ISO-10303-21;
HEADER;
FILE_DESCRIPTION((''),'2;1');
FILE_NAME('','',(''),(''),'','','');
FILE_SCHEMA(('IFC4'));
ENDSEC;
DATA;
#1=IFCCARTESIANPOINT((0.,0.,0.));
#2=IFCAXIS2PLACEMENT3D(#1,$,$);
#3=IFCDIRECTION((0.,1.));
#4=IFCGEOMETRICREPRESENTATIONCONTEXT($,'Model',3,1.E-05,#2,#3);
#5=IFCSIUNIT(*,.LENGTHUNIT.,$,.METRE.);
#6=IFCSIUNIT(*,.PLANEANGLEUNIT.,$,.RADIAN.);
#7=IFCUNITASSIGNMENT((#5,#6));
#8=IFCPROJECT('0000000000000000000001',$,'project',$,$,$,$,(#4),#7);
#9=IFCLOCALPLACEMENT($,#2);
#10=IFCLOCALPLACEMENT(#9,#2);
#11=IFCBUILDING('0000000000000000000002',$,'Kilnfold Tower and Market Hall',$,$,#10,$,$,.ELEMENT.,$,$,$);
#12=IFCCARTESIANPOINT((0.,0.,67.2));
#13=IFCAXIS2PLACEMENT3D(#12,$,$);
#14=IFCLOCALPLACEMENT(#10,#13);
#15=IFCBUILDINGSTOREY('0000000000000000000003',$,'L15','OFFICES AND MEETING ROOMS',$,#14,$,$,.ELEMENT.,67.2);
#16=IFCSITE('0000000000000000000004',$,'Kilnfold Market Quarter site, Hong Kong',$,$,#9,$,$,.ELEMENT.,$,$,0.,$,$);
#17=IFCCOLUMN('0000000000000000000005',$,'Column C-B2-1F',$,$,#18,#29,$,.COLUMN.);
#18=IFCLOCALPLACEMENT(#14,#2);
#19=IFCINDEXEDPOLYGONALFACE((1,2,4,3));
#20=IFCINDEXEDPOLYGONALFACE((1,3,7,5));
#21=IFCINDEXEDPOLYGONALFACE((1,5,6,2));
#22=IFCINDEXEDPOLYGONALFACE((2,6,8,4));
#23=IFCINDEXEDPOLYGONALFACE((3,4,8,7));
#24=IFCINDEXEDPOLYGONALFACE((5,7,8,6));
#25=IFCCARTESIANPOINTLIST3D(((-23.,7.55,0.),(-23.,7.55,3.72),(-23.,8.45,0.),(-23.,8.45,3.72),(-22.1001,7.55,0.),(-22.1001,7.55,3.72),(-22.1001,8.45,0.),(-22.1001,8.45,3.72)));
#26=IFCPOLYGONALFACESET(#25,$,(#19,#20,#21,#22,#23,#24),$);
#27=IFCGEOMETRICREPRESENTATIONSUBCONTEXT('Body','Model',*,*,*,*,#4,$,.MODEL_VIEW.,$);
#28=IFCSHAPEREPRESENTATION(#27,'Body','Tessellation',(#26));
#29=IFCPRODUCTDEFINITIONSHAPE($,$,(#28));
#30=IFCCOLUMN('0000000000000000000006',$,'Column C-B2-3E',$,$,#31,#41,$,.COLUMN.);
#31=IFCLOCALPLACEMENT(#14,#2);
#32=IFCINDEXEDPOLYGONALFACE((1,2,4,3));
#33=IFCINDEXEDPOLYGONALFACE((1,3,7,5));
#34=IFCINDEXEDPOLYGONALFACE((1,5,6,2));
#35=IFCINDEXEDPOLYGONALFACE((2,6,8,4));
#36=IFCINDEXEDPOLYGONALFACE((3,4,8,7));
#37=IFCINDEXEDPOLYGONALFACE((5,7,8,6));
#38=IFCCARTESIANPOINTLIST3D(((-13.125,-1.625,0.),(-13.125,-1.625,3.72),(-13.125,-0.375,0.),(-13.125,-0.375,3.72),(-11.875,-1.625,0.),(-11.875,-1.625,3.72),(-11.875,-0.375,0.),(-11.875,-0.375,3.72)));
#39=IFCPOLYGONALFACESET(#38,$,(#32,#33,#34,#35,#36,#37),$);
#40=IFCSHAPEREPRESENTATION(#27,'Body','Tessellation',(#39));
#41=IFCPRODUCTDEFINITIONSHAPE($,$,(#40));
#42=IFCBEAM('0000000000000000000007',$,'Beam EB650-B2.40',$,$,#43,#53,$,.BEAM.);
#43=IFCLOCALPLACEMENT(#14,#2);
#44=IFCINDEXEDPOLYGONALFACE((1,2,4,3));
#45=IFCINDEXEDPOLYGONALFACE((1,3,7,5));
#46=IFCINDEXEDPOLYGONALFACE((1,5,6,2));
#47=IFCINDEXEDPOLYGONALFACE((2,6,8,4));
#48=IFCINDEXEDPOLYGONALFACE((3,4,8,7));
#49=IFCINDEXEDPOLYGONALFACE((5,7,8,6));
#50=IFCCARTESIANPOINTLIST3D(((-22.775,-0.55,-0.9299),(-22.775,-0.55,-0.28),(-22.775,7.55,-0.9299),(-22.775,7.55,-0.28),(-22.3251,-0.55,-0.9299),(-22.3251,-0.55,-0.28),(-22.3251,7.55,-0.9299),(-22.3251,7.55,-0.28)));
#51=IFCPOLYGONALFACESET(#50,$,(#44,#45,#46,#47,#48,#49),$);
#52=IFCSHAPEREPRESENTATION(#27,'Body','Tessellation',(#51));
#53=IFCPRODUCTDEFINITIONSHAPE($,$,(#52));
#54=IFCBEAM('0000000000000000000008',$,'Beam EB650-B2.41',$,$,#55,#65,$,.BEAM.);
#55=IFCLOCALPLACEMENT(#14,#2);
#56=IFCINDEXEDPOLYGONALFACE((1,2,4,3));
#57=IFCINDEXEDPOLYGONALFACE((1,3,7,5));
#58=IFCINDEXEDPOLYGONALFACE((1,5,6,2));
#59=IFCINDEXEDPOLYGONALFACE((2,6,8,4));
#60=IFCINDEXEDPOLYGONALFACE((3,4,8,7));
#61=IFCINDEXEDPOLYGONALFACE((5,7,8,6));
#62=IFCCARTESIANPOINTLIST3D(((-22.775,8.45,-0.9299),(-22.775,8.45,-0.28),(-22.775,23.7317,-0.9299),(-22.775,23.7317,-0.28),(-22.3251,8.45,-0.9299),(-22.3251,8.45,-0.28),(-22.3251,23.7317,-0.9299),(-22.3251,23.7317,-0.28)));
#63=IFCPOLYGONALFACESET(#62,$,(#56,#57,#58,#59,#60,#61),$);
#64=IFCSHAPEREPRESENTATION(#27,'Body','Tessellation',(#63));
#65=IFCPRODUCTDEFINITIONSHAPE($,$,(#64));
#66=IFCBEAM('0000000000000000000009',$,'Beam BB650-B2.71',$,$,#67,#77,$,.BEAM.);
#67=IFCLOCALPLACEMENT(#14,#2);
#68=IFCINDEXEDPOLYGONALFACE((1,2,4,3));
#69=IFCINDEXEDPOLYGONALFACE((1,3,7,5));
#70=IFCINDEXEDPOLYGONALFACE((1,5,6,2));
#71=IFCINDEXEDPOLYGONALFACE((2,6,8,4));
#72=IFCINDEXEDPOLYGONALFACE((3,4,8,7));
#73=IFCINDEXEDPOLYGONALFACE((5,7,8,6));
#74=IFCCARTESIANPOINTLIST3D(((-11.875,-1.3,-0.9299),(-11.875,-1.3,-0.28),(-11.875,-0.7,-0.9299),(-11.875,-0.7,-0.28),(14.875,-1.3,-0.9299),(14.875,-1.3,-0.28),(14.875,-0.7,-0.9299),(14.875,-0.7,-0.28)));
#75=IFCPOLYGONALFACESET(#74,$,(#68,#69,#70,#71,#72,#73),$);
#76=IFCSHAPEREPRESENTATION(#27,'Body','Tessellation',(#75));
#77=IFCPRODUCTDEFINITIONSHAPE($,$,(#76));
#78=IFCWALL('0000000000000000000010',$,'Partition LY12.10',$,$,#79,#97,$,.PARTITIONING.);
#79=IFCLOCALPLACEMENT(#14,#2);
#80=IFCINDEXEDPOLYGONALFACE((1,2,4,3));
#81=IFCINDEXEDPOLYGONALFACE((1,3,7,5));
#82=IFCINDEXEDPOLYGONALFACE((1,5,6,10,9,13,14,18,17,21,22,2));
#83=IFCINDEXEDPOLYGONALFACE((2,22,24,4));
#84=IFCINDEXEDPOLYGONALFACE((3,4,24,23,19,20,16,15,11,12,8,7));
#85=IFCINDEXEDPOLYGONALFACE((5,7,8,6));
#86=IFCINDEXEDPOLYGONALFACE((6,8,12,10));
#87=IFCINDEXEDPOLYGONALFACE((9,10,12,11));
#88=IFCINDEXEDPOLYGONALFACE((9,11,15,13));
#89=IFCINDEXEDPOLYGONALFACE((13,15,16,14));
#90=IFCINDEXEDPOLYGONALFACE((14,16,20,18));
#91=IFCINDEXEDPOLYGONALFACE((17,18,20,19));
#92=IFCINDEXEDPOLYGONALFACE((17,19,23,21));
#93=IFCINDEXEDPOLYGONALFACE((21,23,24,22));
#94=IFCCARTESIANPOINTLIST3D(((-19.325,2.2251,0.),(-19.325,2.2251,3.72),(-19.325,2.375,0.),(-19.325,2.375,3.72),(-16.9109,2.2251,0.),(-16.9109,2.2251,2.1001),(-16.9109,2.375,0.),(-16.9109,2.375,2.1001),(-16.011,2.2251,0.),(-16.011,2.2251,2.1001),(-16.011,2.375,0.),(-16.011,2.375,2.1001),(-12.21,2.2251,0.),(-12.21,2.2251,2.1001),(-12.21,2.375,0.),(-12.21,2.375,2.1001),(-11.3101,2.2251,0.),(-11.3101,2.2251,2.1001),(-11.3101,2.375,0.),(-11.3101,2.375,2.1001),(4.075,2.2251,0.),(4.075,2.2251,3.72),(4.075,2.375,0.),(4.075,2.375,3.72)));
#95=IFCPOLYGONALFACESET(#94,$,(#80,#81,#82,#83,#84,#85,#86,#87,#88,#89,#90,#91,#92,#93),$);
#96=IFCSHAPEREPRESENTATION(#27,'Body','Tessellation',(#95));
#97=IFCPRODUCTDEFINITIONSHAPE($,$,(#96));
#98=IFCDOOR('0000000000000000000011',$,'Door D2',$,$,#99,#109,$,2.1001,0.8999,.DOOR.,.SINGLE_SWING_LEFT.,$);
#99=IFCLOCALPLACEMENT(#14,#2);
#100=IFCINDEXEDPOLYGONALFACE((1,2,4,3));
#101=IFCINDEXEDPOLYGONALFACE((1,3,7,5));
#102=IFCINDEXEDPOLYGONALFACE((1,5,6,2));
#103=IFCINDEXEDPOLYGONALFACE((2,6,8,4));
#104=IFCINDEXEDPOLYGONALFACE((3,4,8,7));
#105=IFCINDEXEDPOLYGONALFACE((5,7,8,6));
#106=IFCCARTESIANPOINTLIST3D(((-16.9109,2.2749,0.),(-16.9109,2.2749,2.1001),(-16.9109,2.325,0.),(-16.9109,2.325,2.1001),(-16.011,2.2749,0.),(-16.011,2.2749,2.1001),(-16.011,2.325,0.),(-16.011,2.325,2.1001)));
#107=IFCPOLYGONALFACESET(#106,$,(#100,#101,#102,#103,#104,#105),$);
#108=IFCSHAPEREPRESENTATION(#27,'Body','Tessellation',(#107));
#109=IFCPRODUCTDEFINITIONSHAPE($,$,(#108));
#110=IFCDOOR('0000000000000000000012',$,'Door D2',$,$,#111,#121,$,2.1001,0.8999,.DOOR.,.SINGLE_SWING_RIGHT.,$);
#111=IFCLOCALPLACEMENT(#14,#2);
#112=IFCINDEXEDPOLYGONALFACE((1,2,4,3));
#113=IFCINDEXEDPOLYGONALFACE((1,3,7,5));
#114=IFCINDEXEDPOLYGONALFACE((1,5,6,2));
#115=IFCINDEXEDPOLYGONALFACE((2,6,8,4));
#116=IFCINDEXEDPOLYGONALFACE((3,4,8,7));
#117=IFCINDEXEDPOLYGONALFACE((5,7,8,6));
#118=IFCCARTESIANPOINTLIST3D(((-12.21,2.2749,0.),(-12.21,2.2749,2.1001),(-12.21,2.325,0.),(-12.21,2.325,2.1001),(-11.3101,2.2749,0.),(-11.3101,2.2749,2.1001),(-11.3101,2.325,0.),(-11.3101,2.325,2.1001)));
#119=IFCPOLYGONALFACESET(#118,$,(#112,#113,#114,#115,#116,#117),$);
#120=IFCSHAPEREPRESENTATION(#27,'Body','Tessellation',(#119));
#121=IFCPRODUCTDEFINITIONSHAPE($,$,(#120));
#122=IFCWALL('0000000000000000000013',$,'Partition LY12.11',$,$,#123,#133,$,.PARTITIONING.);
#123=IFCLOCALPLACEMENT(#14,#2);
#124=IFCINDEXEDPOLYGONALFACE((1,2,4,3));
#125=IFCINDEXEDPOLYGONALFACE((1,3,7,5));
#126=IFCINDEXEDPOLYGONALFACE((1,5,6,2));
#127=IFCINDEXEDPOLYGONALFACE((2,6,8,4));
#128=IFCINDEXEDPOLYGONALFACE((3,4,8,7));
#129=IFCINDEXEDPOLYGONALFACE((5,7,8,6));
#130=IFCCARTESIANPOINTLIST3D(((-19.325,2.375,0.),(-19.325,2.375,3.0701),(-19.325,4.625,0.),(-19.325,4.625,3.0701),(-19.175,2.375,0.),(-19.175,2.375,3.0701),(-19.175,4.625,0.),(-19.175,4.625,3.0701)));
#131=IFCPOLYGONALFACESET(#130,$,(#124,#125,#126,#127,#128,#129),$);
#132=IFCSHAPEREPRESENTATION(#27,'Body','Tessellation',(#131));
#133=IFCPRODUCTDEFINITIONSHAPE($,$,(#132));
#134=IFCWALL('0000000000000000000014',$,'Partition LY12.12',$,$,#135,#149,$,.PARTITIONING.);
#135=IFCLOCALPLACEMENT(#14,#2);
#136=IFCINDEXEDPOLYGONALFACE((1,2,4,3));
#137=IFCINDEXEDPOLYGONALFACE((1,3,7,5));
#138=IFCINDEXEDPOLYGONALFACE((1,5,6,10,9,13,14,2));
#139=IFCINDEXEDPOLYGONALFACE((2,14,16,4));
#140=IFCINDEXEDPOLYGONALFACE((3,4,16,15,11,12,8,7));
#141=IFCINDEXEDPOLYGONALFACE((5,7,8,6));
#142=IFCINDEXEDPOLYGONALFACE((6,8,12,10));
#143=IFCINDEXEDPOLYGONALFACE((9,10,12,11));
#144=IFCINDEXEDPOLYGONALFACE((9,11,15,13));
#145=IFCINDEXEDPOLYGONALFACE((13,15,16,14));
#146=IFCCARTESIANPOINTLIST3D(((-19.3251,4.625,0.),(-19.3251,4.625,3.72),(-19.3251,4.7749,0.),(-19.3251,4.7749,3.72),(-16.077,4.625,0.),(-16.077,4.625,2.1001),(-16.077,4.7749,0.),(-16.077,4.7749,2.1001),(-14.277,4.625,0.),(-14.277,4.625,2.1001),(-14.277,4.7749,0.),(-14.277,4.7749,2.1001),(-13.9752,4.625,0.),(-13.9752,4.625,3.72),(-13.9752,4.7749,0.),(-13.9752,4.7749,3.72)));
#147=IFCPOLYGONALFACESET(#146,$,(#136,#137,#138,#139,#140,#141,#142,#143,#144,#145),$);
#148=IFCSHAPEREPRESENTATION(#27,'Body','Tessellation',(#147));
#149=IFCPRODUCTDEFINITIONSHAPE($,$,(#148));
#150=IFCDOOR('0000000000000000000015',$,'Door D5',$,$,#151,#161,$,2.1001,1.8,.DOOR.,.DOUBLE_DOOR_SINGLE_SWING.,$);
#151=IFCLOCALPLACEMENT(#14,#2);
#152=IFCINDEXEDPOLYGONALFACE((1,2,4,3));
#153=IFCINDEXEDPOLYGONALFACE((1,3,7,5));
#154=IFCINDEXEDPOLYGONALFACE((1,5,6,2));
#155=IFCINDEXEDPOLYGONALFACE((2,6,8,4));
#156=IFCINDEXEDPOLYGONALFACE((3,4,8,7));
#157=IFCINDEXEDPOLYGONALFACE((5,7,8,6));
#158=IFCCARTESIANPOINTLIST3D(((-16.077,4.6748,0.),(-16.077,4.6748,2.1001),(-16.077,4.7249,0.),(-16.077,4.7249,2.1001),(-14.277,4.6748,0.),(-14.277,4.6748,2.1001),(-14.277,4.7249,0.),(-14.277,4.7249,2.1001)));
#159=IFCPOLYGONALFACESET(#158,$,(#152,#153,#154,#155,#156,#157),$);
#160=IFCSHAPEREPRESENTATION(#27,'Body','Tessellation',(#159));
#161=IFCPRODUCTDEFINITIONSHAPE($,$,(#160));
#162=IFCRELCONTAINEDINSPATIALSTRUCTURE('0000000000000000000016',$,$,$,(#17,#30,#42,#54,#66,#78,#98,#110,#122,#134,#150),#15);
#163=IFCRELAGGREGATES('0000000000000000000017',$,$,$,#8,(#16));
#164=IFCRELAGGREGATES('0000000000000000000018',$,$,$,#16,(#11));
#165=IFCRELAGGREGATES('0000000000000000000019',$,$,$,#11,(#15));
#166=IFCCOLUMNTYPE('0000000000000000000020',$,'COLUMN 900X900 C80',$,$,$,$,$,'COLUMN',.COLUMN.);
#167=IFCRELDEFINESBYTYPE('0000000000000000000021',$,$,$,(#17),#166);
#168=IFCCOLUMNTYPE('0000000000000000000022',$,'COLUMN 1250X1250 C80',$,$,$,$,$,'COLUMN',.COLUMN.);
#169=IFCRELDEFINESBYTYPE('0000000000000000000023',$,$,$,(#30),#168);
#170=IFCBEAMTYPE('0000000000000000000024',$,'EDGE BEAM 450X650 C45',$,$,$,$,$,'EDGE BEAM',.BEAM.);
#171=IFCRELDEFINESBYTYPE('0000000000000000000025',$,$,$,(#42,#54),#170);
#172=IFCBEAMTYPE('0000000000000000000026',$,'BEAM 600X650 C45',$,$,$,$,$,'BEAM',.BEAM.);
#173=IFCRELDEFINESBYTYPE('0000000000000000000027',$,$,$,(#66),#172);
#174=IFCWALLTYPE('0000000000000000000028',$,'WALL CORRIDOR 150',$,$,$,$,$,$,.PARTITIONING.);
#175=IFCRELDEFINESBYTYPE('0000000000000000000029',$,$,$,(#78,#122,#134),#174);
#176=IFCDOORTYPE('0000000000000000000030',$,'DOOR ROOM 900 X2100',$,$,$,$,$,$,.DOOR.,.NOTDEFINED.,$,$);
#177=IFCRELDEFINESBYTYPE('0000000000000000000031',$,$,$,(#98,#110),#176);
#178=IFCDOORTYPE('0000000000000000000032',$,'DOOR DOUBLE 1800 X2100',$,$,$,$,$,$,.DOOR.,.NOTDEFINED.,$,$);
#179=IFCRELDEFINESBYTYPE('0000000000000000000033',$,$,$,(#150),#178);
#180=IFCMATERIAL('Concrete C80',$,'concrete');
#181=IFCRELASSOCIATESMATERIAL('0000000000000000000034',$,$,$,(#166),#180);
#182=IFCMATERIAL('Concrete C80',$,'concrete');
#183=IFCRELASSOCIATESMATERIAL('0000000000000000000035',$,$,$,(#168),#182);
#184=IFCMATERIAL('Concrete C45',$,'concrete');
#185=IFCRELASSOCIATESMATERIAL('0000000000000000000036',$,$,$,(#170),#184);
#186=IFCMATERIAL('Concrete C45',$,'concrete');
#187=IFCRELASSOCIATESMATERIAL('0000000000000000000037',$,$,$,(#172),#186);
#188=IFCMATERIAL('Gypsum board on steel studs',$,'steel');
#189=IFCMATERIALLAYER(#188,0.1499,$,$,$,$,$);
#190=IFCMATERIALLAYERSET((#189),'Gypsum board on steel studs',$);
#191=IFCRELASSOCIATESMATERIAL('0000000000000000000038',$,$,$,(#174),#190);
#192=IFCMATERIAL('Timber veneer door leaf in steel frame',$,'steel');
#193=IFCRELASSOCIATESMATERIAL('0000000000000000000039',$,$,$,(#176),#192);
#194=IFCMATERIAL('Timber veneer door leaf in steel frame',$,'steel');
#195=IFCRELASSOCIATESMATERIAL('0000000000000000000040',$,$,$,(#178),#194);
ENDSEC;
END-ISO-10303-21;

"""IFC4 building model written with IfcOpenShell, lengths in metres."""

from ifc_helpers import new_model, si_unit, direction, frame, frame_2d, origin, origin_2d, place, context, subcontext, project, spatial, rectangle, extrude, source, transform, mapped, material, layer, layer_set, material_profile, profile_set, type_object, element, fill, save


model = new_model("IFC4")

# Units and contexts
model_context = context("Model", 3, precision=1e-05, world=origin(), true_north=direction((0.0, 1.0)))
body_context = subcontext(model_context, "Body", "Model", "MODEL_VIEW")
ifc_project = project(units=[si_unit("LENGTHUNIT", "METRE"), si_unit("PLANEANGLEUNIT", "RADIAN")], contexts=[model_context])

# Site, building, storey
site_placement = place(None, origin())
site = spatial("IfcSite", under=ifc_project, at=site_placement, Name="Kilnfold Market Quarter site, Hong Kong", CompositionType="ELEMENT", RefElevation=0.0)
building_placement = place(site_placement, origin())
building = spatial("IfcBuilding", under=site, at=building_placement, Name="Kilnfold Tower and Market Hall", CompositionType="ELEMENT")
storey_placement = place(building_placement, frame((0.0, 0.0, 67.2)))
storey = spatial("IfcBuildingStorey", under=building, at=storey_placement, Name="L15", Description="OFFICES AND MEETING ROOMS", CompositionType="ELEMENT", Elevation=67.2)

# Columns
ifc_material_1 = material(Name="Concrete C80", Category="concrete")
ifc_material_profile_1 = material_profile(ifc_material_1, rectangle(XDim=0.8999, YDim=0.8999, at=origin_2d()), Name="RC 900x900")
ifc_profile_set_1 = profile_set([ifc_material_profile_1], Name="Concrete C80")
column_type_1 = type_object("IfcColumnType", Name="COLUMN 900X900 C80", ElementType="COLUMN", PredefinedType="COLUMN", material=ifc_profile_set_1)
shared_shape_1 = source(origin(), body_context, "Body", "SweptSolid", [
    extrude(rectangle(XDim=0.8999, YDim=0.8999, at=origin_2d()), origin(), (0.0, 0.0, 1.0), 3.72),
])
column_1_placement = place(storey_placement, frame((-22.55, 8.0, 0.0), z_axis=(0.0, 0.0, 1.0), x_axis=(1.0, 0.0, 0.0)))
element("IfcColumn", 1, at=column_1_placement, inside=storey, type_object=column_type_1, Name="Column C-B2-1F", PredefinedType="COLUMN", context=body_context, shape_type="MappedRepresentation", body=[
    mapped(shared_shape_1, transform((0.0, 0.0, 0.0))),
])
ifc_material_2 = material(Name="Concrete C80", Category="concrete")
ifc_material_profile_2 = material_profile(ifc_material_2, rectangle(XDim=1.25, YDim=1.25, at=origin_2d()), Name="RC 1250x1250")
ifc_profile_set_2 = profile_set([ifc_material_profile_2], Name="Concrete C80")
column_type_2 = type_object("IfcColumnType", Name="COLUMN 1250X1250 C80", ElementType="COLUMN", PredefinedType="COLUMN", material=ifc_profile_set_2)
shared_shape_2 = source(origin(), body_context, "Body", "SweptSolid", [
    extrude(rectangle(XDim=1.25, YDim=1.25, at=origin_2d()), origin(), (0.0, 0.0, 1.0), 3.72),
])
column_2_placement = place(storey_placement, frame((-12.5, -1.0, 0.0), z_axis=(0.0, 0.0, 1.0), x_axis=(1.0, 0.0, 0.0)))
element("IfcColumn", 2, at=column_2_placement, inside=storey, type_object=column_type_2, Name="Column C-B2-3E", PredefinedType="COLUMN", context=body_context, shape_type="MappedRepresentation", body=[
    mapped(shared_shape_2, transform((0.0, 0.0, 0.0))),
])

# Beams
ifc_material_3 = material(Name="Concrete C45", Category="concrete")
ifc_material_profile_3 = material_profile(ifc_material_3, rectangle(XDim=0.45, YDim=0.6499, at=origin_2d()), Name="RC 450x650")
ifc_profile_set_3 = profile_set([ifc_material_profile_3], Name="Concrete C45")
beam_type_1 = type_object("IfcBeamType", Name="EDGE BEAM 450X650 C45", ElementType="EDGE BEAM", PredefinedType="BEAM", material=ifc_profile_set_3)
shared_shape_3 = source(origin(), body_context, "Body", "SweptSolid", [
    extrude(rectangle(XDim=0.45, YDim=0.6499, at=origin_2d()), origin(), (0.0, 0.0, 1.0), 8.1001),
])
beam_1_placement = place(storey_placement, frame((-22.55, -0.55, -0.605), z_axis=(0.0, 1.0, 0.0), x_axis=(-1.0, 0.0, 0.0)))
element("IfcBeam", 3, at=beam_1_placement, inside=storey, type_object=beam_type_1, Name="Beam EB650-B2.40", PredefinedType="BEAM", context=body_context, shape_type="MappedRepresentation", body=[
    mapped(shared_shape_3, transform((0.0, 0.0, 0.0))),
])
shared_shape_4 = source(origin(), body_context, "Body", "SweptSolid", [
    extrude(rectangle(XDim=0.45, YDim=0.6499, at=origin_2d()), origin(), (0.0, 0.0, 1.0), 15.2817),
])
beam_2_placement = place(storey_placement, frame((-22.55, 8.45, -0.605), z_axis=(0.0, 1.0, 0.0), x_axis=(-1.0, 0.0, 0.0)))
element("IfcBeam", 4, at=beam_2_placement, inside=storey, type_object=beam_type_1, Name="Beam EB650-B2.41", PredefinedType="BEAM", context=body_context, shape_type="MappedRepresentation", body=[
    mapped(shared_shape_4, transform((0.0, 0.0, 0.0))),
])
ifc_material_4 = material(Name="Concrete C45", Category="concrete")
ifc_material_profile_4 = material_profile(ifc_material_4, rectangle(XDim=0.6001, YDim=0.6499, at=origin_2d()), Name="RC 600x650")
ifc_profile_set_4 = profile_set([ifc_material_profile_4], Name="Concrete C45")
beam_type_2 = type_object("IfcBeamType", Name="BEAM 600X650 C45", ElementType="BEAM", PredefinedType="BEAM", material=ifc_profile_set_4)
shared_shape_5 = source(origin(), body_context, "Body", "SweptSolid", [
    extrude(rectangle(XDim=0.6001, YDim=0.6499, at=origin_2d()), origin(), (0.0, 0.0, 1.0), 26.75),
])
beam_3_placement = place(storey_placement, frame((-11.875, -1.0, -0.605), z_axis=(1.0, 0.0, 0.0), x_axis=(0.0, 1.0, 0.0)))
element("IfcBeam", 5, at=beam_3_placement, inside=storey, type_object=beam_type_2, Name="Beam BB650-B2.71", PredefinedType="BEAM", context=body_context, shape_type="MappedRepresentation", body=[
    mapped(shared_shape_5, transform((0.0, 0.0, 0.0))),
])

# Wall, openings, doors
ifc_material_5 = material(Name="Gypsum board on steel studs", Category="steel")
ifc_layer_1 = layer(ifc_material_5, 0.1499)
ifc_layer_set_1 = layer_set([ifc_layer_1], Name="Gypsum board on steel studs")
wall_type_1 = type_object("IfcWallType", Name="WALL CORRIDOR 150", PredefinedType="PARTITIONING", material=ifc_layer_set_1)
wall_1_placement = place(storey_placement, frame((-19.325, 2.3, 0.0), z_axis=(0.0, 0.0, 1.0), x_axis=(1.0, 0.0, 0.0)))
wall_1 = element("IfcWall", 6, at=wall_1_placement, inside=storey, type_object=wall_type_1, Name="Partition LY12.10", PredefinedType="PARTITIONING", context=body_context, shape_type="SweptSolid", body=[
    extrude(rectangle(XDim=23.3999, YDim=0.1499, at=frame_2d((11.7, 0.0))), origin(), (0.0, 0.0, 1.0), 3.72),
])
opening_1_placement = place(wall_1_placement, frame((2.4141, 0.0, 0.0)))
opening_1 = element("IfcOpeningElement", 7, at=opening_1_placement, cuts=wall_1, PredefinedType="OPENING", context=body_context, shape_type="SweptSolid", body=[
    extrude(rectangle(XDim=0.8999, YDim=2.1001, at=frame_2d((0.45, 1.05))), frame((0.0, 0.085, 0.0), z_axis=(0.0, -1.0, 0.0), x_axis=(1.0, 0.0, 0.0)), (0.0, 0.0, 1.0), 0.1699),
])
opening_2_placement = place(wall_1_placement, frame((7.115, 0.0, 0.0)))
opening_2 = element("IfcOpeningElement", 8, at=opening_2_placement, cuts=wall_1, PredefinedType="OPENING", context=body_context, shape_type="SweptSolid", body=[
    extrude(rectangle(XDim=0.8999, YDim=2.1001, at=frame_2d((0.45, 1.05))), frame((0.0, 0.085, 0.0), z_axis=(0.0, -1.0, 0.0), x_axis=(1.0, 0.0, 0.0)), (0.0, 0.0, 1.0), 0.1699),
])
ifc_material_6 = material(Name="Timber veneer door leaf in steel frame", Category="steel")
door_type_1 = type_object("IfcDoorType", Name="DOOR ROOM 900 X2100", OperationType="NOTDEFINED", PredefinedType="DOOR", material=ifc_material_6)
door_1_placement = place(opening_1_placement, origin())
door_1 = element("IfcDoor", 9, at=door_1_placement, inside=storey, type_object=door_type_1, Name="Door D2", OperationType="SINGLE_SWING_LEFT", OverallHeight=2.1001, OverallWidth=0.8999, PredefinedType="DOOR", context=body_context, shape_type="SweptSolid", body=[
    extrude(rectangle(XDim=0.8999, YDim=2.1001, at=frame_2d((0.45, 1.05))), frame((0.0, 0.0249, 0.0), z_axis=(0.0, -1.0, 0.0), x_axis=(1.0, 0.0, 0.0)), (0.0, 0.0, 1.0), 0.05),
])
fill(opening_1, door_1)
door_2_placement = place(opening_2_placement, origin())
door_2 = element("IfcDoor", 10, at=door_2_placement, inside=storey, type_object=door_type_1, Name="Door D2", OperationType="SINGLE_SWING_RIGHT", OverallHeight=2.1001, OverallWidth=0.8999, PredefinedType="DOOR", context=body_context, shape_type="SweptSolid", body=[
    extrude(rectangle(XDim=0.8999, YDim=2.1001, at=frame_2d((0.45, 1.05))), frame((0.0, 0.0249, 0.0), z_axis=(0.0, -1.0, 0.0), x_axis=(1.0, 0.0, 0.0)), (0.0, 0.0, 1.0), 0.05),
])
fill(opening_2, door_2)

# Wall
wall_2_placement = place(storey_placement, frame((-19.25, 2.375, 0.0), z_axis=(0.0, 0.0, 1.0), x_axis=(0.0, 1.0, 0.0)))
element("IfcWall", 11, at=wall_2_placement, inside=storey, type_object=wall_type_1, Name="Partition LY12.11", PredefinedType="PARTITIONING", context=body_context, shape_type="SweptSolid", body=[
    extrude(rectangle(XDim=2.25, YDim=0.1499, at=frame_2d((1.125, 0.0))), origin(), (0.0, 0.0, 1.0), 3.0701),
])

# Wall, opening, door
wall_3_placement = place(storey_placement, frame((-19.325, 4.7, 0.0), z_axis=(0.0, 0.0, 1.0), x_axis=(1.0, 0.0, 0.0)))
wall_3 = element("IfcWall", 12, at=wall_3_placement, inside=storey, type_object=wall_type_1, Name="Partition LY12.12", PredefinedType="PARTITIONING", context=body_context, shape_type="SweptSolid", body=[
    extrude(rectangle(XDim=5.3499, YDim=0.1499, at=frame_2d((2.6748, 0.0))), origin(), (0.0, 0.0, 1.0), 3.72),
])
opening_3_placement = place(wall_3_placement, frame((3.248, 0.0, 0.0)))
opening_3 = element("IfcOpeningElement", 13, at=opening_3_placement, cuts=wall_3, PredefinedType="OPENING", context=body_context, shape_type="SweptSolid", body=[
    extrude(rectangle(XDim=1.8, YDim=2.1001, at=frame_2d((0.8999, 1.05))), frame((0.0, 0.085, 0.0), z_axis=(0.0, -1.0, 0.0), x_axis=(1.0, 0.0, 0.0)), (0.0, 0.0, 1.0), 0.1699),
])
ifc_material_7 = material(Name="Timber veneer door leaf in steel frame", Category="steel")
door_type_2 = type_object("IfcDoorType", Name="DOOR DOUBLE 1800 X2100", OperationType="NOTDEFINED", PredefinedType="DOOR", material=ifc_material_7)
door_3_placement = place(opening_3_placement, origin())
door_3 = element("IfcDoor", 14, at=door_3_placement, inside=storey, type_object=door_type_2, Name="Door D5", OperationType="DOUBLE_DOOR_SINGLE_SWING", OverallHeight=2.1001, OverallWidth=1.8, PredefinedType="DOOR", context=body_context, shape_type="SweptSolid", body=[
    extrude(rectangle(XDim=1.8, YDim=2.1001, at=frame_2d((0.8999, 1.05))), frame((0.0, 0.0249, 0.0), z_axis=(0.0, -1.0, 0.0), x_axis=(1.0, 0.0, 0.0)), (0.0, 0.0, 1.0), 0.05),
])
fill(opening_3, door_3)

save(model, "model.ifc")
